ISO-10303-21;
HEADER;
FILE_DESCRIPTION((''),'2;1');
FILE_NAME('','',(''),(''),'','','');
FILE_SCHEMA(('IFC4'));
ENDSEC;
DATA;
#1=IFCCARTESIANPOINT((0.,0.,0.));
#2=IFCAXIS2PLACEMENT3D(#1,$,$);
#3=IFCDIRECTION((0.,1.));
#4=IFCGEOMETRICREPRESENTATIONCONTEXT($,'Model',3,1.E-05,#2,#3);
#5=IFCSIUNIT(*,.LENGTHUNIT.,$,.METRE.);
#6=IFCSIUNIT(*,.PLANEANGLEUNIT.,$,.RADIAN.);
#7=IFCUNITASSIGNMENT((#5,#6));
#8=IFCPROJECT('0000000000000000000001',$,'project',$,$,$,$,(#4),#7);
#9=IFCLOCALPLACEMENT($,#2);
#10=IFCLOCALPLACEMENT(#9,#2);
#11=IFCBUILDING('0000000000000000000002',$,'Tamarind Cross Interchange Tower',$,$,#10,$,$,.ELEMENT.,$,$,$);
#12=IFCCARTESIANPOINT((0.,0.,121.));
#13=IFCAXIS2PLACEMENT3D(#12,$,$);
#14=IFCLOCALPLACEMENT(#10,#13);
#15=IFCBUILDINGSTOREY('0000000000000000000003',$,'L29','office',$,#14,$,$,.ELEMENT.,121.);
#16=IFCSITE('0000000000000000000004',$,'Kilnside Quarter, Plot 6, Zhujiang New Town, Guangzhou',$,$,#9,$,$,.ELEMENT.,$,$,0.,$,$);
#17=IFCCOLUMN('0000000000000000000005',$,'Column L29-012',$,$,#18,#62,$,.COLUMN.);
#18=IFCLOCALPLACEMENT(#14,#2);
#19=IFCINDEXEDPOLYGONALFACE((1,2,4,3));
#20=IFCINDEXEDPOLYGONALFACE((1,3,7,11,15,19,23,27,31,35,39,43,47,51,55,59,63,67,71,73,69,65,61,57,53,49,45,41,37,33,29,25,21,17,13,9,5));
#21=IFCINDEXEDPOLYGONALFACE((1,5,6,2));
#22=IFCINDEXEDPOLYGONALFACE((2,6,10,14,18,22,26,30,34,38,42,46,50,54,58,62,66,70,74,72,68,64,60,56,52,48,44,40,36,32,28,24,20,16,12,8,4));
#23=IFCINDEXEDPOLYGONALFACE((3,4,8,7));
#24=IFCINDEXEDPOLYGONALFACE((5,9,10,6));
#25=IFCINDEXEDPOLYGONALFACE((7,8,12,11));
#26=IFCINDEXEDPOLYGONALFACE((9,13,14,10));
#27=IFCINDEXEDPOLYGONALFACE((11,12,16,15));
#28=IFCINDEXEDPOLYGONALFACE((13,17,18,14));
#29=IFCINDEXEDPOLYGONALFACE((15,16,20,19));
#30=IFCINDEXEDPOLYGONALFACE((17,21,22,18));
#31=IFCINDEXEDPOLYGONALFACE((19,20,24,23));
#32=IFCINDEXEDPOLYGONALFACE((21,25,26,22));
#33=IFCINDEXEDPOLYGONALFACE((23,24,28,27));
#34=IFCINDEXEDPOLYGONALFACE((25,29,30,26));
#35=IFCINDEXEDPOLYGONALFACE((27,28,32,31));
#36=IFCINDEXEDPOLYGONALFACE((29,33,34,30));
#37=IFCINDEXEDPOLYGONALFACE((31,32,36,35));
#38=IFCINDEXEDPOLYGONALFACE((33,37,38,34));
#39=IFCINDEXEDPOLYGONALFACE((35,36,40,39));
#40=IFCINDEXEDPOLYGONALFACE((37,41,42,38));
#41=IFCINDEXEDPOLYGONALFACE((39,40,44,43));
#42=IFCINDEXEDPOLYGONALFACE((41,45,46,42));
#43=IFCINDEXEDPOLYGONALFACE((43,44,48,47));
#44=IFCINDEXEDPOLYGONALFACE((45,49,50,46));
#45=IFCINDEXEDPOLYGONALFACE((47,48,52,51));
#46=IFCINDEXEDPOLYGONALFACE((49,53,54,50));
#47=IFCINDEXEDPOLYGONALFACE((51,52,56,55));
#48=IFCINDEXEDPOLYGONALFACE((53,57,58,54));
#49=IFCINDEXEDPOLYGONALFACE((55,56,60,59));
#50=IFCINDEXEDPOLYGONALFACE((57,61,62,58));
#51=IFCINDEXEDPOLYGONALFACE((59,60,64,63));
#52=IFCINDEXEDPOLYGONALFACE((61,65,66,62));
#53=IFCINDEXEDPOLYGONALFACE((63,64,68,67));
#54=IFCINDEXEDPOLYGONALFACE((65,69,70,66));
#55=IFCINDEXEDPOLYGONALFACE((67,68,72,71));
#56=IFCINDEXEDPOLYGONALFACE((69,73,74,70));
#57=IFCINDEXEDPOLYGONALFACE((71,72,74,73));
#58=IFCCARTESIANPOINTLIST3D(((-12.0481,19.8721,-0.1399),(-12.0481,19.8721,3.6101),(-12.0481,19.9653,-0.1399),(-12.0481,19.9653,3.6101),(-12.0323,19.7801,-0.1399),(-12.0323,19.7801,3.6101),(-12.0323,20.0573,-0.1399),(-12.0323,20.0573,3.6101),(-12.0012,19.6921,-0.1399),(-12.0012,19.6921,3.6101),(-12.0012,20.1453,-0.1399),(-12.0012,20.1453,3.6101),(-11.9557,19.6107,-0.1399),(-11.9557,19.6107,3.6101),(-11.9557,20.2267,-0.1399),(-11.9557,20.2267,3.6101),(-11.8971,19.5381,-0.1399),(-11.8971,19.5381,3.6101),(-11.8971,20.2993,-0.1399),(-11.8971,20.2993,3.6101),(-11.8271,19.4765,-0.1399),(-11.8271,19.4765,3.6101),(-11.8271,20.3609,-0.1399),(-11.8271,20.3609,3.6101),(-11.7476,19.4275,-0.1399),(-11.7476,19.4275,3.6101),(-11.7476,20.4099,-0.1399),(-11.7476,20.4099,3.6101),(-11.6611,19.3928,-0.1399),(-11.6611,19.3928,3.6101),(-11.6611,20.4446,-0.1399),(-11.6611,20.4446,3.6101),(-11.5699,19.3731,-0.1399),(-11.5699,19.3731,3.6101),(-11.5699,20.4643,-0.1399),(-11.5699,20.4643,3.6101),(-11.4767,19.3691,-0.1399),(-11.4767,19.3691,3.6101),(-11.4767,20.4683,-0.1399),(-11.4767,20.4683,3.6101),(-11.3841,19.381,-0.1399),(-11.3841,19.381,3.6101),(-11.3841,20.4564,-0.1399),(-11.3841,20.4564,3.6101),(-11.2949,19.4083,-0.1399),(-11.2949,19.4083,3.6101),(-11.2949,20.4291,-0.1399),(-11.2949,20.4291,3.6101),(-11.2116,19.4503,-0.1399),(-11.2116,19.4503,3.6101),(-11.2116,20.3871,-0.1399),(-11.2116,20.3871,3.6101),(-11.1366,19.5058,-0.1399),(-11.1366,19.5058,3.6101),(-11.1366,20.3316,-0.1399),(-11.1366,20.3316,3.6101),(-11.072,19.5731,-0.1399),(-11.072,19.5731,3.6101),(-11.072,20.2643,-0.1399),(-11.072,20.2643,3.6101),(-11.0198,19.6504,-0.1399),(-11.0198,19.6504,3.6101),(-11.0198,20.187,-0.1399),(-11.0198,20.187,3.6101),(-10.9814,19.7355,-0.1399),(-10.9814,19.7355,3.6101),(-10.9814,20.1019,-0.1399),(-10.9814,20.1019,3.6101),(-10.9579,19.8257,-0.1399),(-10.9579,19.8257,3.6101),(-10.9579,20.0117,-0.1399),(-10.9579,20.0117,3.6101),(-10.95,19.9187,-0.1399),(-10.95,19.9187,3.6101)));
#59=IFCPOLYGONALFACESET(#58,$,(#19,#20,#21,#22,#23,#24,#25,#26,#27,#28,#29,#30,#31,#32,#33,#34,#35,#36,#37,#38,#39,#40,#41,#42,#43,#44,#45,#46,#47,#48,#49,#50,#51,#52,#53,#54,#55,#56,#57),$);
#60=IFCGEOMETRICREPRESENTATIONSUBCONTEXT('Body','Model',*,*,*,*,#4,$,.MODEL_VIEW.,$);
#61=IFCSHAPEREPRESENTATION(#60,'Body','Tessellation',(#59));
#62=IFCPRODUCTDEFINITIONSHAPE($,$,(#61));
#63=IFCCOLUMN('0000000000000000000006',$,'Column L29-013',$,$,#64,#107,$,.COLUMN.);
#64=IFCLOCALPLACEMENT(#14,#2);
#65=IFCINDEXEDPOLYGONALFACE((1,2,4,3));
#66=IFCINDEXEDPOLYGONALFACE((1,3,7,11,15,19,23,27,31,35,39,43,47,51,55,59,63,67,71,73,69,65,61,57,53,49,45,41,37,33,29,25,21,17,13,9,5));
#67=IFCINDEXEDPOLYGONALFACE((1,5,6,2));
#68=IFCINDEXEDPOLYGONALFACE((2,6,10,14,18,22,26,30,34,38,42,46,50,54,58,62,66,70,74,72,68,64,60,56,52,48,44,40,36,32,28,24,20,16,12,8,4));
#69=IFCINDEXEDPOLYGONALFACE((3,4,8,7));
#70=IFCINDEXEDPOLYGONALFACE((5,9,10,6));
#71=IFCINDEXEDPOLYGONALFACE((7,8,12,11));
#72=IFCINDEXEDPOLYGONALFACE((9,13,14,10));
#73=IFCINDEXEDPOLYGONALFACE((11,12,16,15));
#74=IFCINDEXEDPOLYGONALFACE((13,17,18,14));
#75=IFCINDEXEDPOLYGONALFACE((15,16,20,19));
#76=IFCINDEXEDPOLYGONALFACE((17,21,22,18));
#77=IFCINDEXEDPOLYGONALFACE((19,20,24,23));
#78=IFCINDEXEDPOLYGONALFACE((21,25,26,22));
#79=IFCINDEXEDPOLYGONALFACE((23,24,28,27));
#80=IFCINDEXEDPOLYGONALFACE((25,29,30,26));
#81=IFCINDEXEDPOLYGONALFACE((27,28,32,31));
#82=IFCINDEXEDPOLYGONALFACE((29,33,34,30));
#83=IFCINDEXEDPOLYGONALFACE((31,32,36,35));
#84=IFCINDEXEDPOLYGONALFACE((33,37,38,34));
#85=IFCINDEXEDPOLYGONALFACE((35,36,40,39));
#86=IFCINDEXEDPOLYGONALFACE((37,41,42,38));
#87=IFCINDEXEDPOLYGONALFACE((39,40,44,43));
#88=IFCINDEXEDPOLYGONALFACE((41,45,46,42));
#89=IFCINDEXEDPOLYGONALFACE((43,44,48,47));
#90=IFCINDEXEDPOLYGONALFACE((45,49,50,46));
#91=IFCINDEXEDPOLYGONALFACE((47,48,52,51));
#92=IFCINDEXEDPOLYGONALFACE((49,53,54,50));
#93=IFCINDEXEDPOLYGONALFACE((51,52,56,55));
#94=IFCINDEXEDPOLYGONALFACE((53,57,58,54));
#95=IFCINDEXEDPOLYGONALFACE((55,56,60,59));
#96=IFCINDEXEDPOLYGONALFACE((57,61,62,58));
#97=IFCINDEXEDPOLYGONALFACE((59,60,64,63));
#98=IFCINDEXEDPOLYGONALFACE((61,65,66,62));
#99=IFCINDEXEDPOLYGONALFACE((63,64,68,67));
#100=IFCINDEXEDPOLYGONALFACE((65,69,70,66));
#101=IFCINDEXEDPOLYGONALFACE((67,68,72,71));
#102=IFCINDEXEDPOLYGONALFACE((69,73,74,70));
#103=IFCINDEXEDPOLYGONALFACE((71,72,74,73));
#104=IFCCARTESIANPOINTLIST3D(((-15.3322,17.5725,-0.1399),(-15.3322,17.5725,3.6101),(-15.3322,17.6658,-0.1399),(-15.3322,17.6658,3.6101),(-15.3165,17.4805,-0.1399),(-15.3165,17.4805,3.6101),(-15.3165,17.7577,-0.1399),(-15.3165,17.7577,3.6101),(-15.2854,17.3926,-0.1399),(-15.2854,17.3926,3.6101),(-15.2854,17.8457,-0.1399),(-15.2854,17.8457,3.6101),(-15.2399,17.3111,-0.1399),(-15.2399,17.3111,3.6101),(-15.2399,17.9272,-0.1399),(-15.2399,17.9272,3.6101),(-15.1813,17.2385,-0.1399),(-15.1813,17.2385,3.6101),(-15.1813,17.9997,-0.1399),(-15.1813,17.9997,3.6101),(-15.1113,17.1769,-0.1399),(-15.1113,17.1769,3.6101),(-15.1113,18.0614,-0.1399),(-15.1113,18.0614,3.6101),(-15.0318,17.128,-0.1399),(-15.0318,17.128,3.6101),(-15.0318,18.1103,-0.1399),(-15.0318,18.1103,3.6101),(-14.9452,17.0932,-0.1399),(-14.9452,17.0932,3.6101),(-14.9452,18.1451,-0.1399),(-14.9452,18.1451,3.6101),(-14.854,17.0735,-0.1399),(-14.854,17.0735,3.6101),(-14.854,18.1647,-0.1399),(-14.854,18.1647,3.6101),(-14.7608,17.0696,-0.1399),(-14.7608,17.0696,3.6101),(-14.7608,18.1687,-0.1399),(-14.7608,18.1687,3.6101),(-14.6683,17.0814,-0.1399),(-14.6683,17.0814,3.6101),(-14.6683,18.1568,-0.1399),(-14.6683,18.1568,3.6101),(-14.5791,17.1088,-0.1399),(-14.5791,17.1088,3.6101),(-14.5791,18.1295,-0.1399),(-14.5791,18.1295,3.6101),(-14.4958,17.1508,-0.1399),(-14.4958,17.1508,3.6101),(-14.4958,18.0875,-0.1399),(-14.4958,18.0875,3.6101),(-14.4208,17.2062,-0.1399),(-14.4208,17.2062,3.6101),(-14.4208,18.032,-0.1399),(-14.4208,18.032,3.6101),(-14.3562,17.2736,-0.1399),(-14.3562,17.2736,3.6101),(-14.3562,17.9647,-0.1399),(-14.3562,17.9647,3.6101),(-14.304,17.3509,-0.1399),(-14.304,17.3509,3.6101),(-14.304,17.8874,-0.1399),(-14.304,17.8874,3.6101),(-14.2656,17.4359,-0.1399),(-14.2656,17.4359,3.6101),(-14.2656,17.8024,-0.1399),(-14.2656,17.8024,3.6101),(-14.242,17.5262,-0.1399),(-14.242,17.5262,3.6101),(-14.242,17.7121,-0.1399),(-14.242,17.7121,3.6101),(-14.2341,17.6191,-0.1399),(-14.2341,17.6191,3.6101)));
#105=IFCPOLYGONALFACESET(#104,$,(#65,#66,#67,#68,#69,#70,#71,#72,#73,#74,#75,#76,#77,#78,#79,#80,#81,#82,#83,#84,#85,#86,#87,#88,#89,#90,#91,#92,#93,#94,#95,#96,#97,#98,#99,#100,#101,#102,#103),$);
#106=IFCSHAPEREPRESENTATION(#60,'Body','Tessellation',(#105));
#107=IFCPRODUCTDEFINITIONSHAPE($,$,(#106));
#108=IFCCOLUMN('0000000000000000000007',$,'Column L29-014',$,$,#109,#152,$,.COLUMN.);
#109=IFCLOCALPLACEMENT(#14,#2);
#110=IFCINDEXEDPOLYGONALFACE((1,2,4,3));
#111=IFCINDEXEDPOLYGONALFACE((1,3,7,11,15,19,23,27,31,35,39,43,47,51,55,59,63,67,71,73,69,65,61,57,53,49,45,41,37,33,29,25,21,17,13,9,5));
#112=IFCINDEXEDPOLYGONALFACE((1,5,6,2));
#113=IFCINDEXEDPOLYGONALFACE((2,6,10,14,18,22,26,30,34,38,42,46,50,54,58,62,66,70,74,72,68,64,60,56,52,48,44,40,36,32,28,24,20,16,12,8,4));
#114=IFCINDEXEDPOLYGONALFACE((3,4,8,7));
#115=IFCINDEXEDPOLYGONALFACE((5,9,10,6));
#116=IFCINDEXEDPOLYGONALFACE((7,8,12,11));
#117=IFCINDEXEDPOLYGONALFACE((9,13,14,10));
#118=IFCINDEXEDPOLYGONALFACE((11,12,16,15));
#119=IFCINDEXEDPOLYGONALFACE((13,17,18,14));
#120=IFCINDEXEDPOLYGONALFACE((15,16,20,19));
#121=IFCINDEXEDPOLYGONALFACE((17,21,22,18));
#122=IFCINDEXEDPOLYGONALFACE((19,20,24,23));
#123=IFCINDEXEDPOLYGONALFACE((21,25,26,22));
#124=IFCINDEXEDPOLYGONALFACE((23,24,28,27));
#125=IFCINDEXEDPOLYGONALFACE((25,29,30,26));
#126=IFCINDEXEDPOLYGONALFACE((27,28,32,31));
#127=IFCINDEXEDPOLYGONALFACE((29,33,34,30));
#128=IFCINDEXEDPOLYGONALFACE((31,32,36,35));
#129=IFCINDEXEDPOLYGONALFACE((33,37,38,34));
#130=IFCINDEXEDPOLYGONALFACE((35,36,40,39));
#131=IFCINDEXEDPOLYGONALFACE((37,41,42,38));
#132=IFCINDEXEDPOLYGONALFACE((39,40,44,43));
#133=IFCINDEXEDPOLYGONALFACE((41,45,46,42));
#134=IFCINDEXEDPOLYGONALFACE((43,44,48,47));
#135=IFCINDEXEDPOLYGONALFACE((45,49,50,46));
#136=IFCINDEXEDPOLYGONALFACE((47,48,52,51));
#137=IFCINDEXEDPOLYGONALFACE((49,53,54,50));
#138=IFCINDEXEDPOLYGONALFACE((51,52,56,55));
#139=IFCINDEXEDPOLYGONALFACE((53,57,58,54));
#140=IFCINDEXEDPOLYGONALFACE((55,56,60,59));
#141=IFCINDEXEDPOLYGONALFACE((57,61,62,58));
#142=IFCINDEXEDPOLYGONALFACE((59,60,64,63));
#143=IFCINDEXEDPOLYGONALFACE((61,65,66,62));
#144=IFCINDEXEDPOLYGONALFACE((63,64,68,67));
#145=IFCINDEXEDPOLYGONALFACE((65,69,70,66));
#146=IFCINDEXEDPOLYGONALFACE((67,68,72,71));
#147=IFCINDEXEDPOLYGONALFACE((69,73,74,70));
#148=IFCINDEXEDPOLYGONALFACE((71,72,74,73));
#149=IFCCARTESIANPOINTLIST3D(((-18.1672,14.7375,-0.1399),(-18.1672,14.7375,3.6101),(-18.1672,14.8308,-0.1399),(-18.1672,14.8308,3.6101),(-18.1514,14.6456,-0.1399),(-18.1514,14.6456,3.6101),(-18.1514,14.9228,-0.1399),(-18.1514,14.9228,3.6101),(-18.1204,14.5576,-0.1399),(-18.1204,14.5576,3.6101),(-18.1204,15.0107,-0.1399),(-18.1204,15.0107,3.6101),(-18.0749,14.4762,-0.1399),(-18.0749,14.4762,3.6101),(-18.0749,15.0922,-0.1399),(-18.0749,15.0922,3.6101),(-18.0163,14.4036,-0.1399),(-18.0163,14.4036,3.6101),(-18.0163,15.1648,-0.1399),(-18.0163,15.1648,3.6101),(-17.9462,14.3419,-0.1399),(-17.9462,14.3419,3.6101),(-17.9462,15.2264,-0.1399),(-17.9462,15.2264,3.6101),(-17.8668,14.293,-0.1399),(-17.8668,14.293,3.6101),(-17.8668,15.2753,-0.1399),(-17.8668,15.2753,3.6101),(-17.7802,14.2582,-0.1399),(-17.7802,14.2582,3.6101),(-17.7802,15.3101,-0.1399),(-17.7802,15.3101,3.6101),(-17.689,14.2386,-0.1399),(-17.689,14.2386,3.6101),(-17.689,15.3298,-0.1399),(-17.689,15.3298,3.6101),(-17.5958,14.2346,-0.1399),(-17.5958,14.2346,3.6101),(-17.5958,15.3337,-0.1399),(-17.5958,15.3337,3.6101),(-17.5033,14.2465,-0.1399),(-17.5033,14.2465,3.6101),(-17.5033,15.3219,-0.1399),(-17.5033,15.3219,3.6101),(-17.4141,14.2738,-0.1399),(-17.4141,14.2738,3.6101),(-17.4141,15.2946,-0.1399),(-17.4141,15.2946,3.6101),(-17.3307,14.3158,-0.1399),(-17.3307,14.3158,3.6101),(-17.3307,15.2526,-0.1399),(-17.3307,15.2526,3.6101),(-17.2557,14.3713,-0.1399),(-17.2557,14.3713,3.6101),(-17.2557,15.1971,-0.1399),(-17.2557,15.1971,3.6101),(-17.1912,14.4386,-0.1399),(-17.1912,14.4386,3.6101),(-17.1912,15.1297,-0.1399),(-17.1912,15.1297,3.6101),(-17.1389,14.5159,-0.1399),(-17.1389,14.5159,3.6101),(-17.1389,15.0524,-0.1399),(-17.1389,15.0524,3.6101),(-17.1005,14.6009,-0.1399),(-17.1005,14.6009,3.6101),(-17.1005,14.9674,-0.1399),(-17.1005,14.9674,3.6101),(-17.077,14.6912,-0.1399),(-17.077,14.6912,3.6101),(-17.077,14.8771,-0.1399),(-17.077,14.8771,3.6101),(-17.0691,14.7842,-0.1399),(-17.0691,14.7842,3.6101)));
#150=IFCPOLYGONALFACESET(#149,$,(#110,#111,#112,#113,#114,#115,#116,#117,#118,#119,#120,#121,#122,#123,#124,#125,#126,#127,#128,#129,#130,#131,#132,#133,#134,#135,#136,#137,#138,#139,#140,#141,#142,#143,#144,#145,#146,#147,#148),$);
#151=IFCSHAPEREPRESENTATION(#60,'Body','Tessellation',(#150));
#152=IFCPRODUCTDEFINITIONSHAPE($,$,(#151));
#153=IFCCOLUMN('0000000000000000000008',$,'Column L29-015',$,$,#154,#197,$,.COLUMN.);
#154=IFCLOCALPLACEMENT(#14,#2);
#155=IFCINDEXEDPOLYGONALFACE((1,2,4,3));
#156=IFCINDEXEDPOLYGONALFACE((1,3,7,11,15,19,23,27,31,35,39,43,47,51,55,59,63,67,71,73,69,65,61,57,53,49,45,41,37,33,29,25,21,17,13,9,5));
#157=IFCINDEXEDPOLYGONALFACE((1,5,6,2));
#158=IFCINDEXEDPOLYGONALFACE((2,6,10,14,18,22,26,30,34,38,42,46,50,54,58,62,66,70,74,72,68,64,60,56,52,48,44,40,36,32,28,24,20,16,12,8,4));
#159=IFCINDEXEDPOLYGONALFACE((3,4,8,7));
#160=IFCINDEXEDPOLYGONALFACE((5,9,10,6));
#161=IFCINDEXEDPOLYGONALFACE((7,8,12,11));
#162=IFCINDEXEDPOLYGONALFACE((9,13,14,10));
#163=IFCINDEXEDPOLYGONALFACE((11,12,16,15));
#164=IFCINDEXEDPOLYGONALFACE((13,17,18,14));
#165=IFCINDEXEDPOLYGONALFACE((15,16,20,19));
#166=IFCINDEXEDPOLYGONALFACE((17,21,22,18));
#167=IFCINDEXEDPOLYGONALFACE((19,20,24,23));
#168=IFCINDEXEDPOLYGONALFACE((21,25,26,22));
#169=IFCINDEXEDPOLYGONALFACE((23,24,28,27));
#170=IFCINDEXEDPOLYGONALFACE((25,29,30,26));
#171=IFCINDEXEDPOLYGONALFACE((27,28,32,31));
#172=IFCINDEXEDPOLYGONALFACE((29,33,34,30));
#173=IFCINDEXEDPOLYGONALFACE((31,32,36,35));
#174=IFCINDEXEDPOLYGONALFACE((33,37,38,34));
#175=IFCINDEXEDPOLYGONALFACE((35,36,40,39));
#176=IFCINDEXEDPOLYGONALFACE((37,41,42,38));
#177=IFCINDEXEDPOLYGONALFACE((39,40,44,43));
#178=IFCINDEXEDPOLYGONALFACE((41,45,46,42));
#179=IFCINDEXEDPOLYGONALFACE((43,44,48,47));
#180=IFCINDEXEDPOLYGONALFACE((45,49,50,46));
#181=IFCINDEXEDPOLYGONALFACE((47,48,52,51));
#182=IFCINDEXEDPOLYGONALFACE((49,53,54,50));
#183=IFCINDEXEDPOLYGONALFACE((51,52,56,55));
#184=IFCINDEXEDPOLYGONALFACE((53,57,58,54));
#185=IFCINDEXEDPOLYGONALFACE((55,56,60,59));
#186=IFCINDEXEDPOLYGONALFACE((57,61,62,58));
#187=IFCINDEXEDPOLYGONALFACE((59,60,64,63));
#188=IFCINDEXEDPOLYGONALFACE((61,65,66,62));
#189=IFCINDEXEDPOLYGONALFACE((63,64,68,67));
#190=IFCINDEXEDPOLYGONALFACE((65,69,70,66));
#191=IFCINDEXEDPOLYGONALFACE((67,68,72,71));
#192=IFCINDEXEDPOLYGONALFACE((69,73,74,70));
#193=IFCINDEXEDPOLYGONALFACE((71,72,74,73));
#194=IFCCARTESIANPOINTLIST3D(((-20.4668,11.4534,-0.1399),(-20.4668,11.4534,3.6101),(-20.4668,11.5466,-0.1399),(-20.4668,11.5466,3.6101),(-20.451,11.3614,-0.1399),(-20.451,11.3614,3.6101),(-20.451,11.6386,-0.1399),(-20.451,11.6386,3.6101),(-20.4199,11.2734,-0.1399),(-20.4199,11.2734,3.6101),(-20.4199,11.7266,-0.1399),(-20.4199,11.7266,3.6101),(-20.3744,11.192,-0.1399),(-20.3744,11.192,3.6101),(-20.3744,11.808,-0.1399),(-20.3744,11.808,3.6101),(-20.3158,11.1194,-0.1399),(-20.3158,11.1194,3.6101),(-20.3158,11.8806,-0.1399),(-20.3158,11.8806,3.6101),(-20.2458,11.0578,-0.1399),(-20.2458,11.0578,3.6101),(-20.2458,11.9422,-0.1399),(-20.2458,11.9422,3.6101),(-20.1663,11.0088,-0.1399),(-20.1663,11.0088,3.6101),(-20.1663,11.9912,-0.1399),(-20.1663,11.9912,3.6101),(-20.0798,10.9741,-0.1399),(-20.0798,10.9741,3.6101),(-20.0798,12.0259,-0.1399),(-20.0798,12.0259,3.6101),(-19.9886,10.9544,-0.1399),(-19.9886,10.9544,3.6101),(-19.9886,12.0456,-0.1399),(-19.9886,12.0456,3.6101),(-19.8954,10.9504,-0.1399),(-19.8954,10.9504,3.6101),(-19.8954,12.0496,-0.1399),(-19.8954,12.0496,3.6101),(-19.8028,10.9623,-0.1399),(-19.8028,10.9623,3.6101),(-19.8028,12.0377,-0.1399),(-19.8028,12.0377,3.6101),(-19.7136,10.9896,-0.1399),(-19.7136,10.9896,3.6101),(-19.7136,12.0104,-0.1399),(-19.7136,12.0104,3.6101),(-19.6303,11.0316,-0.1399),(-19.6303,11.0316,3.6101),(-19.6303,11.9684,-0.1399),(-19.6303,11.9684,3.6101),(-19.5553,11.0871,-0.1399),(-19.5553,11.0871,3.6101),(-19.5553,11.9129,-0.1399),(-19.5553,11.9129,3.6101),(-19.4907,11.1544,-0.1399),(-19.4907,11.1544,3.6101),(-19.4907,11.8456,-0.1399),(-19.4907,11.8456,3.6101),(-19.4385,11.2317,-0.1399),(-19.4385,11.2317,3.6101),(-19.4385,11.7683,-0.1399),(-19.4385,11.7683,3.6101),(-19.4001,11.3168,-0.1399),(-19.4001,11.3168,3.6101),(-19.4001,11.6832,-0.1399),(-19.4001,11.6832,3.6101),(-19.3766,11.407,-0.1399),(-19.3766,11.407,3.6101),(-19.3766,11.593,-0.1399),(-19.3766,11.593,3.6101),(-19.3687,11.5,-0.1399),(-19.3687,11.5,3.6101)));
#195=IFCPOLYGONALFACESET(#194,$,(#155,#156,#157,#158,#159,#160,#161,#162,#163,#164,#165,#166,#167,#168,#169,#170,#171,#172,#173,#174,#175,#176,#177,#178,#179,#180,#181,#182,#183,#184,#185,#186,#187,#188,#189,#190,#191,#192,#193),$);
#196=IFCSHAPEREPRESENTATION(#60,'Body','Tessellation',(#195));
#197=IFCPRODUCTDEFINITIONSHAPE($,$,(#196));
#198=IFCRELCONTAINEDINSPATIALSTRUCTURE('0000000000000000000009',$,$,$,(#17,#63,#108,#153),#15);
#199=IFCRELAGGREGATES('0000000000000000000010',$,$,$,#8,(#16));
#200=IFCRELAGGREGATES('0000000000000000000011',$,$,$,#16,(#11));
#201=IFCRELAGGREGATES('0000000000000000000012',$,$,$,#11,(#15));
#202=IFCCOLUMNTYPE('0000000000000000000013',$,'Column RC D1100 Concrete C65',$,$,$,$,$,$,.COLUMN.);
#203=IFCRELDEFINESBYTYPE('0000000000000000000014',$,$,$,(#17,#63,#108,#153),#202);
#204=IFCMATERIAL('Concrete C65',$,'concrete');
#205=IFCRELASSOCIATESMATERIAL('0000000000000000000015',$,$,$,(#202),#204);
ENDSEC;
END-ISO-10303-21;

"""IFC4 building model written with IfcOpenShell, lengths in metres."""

from ifc_helpers import new_model, si_unit, direction, frame, origin, origin_2d, place, context, subcontext, project, spatial, circle, extrude, material, material_profile, profile_set, type_object, element, save


model = new_model("IFC4")

# Units and contexts
model_context = context("Model", 3, precision=1e-05, world=origin(), true_north=direction((0.0, 1.0)))
body_context = subcontext(model_context, "Body", "Model", "MODEL_VIEW")
ifc_project = project(units=[si_unit("LENGTHUNIT", "METRE"), si_unit("PLANEANGLEUNIT", "RADIAN")], contexts=[model_context])

# Site, building, storey
site_placement = place(None, origin())
site = spatial("IfcSite", under=ifc_project, at=site_placement, Name="Kilnside Quarter, Plot 6, Zhujiang New Town, Guangzhou", CompositionType="ELEMENT", RefElevation=0.0)
building_placement = place(site_placement, origin())
building = spatial("IfcBuilding", under=site, at=building_placement, Name="Tamarind Cross Interchange Tower", CompositionType="ELEMENT")
storey_placement = place(building_placement, frame((0.0, 0.0, 121.0)))
storey = spatial("IfcBuildingStorey", under=building, at=storey_placement, Name="L29", Description="office", CompositionType="ELEMENT", Elevation=121.0)

# Columns
ifc_material_1 = material(Name="Concrete C65", Category="concrete")
ifc_material_profile_1 = material_profile(ifc_material_1, circle(Radius=0.55, at=origin_2d()), Name="RC D1100")
ifc_profile_set_1 = profile_set([ifc_material_profile_1], Name="Concrete C65")
column_type = type_object("IfcColumnType", Name="Column RC D1100 Concrete C65", PredefinedType="COLUMN", material=ifc_profile_set_1)
for number, where, z_axis, x_axis, name in (
    (1, (-11.5, 19.9187, -0.1399), (0.0, 0.0, 1.0), (1.0, 0.0, 0.0), "Column L29-012"),
    (2, (-14.7842, 17.6191, -0.1399), (0.0, 0.0, 1.0), (1.0, 0.0, 0.0), "Column L29-013"),
    (3, (-17.6191, 14.7842, -0.1399), (0.0, 0.0, 1.0), (1.0, 0.0, 0.0), "Column L29-014"),
    (4, (-19.9187, 11.5, -0.1399), (0.0, 0.0, 1.0), (1.0, 0.0, 0.0), "Column L29-015"),
):
    element("IfcColumn", number, at=place(storey_placement, frame(where, z_axis=z_axis, x_axis=x_axis)), inside=storey, type_object=column_type, Name=name, PredefinedType="COLUMN", context=body_context, shape_type="SweptSolid", body=[
        extrude(circle(Radius=0.55, at=origin_2d()), origin(), (0.0, 0.0, 1.0), 3.75),
    ])

save(model, "model.ifc")
